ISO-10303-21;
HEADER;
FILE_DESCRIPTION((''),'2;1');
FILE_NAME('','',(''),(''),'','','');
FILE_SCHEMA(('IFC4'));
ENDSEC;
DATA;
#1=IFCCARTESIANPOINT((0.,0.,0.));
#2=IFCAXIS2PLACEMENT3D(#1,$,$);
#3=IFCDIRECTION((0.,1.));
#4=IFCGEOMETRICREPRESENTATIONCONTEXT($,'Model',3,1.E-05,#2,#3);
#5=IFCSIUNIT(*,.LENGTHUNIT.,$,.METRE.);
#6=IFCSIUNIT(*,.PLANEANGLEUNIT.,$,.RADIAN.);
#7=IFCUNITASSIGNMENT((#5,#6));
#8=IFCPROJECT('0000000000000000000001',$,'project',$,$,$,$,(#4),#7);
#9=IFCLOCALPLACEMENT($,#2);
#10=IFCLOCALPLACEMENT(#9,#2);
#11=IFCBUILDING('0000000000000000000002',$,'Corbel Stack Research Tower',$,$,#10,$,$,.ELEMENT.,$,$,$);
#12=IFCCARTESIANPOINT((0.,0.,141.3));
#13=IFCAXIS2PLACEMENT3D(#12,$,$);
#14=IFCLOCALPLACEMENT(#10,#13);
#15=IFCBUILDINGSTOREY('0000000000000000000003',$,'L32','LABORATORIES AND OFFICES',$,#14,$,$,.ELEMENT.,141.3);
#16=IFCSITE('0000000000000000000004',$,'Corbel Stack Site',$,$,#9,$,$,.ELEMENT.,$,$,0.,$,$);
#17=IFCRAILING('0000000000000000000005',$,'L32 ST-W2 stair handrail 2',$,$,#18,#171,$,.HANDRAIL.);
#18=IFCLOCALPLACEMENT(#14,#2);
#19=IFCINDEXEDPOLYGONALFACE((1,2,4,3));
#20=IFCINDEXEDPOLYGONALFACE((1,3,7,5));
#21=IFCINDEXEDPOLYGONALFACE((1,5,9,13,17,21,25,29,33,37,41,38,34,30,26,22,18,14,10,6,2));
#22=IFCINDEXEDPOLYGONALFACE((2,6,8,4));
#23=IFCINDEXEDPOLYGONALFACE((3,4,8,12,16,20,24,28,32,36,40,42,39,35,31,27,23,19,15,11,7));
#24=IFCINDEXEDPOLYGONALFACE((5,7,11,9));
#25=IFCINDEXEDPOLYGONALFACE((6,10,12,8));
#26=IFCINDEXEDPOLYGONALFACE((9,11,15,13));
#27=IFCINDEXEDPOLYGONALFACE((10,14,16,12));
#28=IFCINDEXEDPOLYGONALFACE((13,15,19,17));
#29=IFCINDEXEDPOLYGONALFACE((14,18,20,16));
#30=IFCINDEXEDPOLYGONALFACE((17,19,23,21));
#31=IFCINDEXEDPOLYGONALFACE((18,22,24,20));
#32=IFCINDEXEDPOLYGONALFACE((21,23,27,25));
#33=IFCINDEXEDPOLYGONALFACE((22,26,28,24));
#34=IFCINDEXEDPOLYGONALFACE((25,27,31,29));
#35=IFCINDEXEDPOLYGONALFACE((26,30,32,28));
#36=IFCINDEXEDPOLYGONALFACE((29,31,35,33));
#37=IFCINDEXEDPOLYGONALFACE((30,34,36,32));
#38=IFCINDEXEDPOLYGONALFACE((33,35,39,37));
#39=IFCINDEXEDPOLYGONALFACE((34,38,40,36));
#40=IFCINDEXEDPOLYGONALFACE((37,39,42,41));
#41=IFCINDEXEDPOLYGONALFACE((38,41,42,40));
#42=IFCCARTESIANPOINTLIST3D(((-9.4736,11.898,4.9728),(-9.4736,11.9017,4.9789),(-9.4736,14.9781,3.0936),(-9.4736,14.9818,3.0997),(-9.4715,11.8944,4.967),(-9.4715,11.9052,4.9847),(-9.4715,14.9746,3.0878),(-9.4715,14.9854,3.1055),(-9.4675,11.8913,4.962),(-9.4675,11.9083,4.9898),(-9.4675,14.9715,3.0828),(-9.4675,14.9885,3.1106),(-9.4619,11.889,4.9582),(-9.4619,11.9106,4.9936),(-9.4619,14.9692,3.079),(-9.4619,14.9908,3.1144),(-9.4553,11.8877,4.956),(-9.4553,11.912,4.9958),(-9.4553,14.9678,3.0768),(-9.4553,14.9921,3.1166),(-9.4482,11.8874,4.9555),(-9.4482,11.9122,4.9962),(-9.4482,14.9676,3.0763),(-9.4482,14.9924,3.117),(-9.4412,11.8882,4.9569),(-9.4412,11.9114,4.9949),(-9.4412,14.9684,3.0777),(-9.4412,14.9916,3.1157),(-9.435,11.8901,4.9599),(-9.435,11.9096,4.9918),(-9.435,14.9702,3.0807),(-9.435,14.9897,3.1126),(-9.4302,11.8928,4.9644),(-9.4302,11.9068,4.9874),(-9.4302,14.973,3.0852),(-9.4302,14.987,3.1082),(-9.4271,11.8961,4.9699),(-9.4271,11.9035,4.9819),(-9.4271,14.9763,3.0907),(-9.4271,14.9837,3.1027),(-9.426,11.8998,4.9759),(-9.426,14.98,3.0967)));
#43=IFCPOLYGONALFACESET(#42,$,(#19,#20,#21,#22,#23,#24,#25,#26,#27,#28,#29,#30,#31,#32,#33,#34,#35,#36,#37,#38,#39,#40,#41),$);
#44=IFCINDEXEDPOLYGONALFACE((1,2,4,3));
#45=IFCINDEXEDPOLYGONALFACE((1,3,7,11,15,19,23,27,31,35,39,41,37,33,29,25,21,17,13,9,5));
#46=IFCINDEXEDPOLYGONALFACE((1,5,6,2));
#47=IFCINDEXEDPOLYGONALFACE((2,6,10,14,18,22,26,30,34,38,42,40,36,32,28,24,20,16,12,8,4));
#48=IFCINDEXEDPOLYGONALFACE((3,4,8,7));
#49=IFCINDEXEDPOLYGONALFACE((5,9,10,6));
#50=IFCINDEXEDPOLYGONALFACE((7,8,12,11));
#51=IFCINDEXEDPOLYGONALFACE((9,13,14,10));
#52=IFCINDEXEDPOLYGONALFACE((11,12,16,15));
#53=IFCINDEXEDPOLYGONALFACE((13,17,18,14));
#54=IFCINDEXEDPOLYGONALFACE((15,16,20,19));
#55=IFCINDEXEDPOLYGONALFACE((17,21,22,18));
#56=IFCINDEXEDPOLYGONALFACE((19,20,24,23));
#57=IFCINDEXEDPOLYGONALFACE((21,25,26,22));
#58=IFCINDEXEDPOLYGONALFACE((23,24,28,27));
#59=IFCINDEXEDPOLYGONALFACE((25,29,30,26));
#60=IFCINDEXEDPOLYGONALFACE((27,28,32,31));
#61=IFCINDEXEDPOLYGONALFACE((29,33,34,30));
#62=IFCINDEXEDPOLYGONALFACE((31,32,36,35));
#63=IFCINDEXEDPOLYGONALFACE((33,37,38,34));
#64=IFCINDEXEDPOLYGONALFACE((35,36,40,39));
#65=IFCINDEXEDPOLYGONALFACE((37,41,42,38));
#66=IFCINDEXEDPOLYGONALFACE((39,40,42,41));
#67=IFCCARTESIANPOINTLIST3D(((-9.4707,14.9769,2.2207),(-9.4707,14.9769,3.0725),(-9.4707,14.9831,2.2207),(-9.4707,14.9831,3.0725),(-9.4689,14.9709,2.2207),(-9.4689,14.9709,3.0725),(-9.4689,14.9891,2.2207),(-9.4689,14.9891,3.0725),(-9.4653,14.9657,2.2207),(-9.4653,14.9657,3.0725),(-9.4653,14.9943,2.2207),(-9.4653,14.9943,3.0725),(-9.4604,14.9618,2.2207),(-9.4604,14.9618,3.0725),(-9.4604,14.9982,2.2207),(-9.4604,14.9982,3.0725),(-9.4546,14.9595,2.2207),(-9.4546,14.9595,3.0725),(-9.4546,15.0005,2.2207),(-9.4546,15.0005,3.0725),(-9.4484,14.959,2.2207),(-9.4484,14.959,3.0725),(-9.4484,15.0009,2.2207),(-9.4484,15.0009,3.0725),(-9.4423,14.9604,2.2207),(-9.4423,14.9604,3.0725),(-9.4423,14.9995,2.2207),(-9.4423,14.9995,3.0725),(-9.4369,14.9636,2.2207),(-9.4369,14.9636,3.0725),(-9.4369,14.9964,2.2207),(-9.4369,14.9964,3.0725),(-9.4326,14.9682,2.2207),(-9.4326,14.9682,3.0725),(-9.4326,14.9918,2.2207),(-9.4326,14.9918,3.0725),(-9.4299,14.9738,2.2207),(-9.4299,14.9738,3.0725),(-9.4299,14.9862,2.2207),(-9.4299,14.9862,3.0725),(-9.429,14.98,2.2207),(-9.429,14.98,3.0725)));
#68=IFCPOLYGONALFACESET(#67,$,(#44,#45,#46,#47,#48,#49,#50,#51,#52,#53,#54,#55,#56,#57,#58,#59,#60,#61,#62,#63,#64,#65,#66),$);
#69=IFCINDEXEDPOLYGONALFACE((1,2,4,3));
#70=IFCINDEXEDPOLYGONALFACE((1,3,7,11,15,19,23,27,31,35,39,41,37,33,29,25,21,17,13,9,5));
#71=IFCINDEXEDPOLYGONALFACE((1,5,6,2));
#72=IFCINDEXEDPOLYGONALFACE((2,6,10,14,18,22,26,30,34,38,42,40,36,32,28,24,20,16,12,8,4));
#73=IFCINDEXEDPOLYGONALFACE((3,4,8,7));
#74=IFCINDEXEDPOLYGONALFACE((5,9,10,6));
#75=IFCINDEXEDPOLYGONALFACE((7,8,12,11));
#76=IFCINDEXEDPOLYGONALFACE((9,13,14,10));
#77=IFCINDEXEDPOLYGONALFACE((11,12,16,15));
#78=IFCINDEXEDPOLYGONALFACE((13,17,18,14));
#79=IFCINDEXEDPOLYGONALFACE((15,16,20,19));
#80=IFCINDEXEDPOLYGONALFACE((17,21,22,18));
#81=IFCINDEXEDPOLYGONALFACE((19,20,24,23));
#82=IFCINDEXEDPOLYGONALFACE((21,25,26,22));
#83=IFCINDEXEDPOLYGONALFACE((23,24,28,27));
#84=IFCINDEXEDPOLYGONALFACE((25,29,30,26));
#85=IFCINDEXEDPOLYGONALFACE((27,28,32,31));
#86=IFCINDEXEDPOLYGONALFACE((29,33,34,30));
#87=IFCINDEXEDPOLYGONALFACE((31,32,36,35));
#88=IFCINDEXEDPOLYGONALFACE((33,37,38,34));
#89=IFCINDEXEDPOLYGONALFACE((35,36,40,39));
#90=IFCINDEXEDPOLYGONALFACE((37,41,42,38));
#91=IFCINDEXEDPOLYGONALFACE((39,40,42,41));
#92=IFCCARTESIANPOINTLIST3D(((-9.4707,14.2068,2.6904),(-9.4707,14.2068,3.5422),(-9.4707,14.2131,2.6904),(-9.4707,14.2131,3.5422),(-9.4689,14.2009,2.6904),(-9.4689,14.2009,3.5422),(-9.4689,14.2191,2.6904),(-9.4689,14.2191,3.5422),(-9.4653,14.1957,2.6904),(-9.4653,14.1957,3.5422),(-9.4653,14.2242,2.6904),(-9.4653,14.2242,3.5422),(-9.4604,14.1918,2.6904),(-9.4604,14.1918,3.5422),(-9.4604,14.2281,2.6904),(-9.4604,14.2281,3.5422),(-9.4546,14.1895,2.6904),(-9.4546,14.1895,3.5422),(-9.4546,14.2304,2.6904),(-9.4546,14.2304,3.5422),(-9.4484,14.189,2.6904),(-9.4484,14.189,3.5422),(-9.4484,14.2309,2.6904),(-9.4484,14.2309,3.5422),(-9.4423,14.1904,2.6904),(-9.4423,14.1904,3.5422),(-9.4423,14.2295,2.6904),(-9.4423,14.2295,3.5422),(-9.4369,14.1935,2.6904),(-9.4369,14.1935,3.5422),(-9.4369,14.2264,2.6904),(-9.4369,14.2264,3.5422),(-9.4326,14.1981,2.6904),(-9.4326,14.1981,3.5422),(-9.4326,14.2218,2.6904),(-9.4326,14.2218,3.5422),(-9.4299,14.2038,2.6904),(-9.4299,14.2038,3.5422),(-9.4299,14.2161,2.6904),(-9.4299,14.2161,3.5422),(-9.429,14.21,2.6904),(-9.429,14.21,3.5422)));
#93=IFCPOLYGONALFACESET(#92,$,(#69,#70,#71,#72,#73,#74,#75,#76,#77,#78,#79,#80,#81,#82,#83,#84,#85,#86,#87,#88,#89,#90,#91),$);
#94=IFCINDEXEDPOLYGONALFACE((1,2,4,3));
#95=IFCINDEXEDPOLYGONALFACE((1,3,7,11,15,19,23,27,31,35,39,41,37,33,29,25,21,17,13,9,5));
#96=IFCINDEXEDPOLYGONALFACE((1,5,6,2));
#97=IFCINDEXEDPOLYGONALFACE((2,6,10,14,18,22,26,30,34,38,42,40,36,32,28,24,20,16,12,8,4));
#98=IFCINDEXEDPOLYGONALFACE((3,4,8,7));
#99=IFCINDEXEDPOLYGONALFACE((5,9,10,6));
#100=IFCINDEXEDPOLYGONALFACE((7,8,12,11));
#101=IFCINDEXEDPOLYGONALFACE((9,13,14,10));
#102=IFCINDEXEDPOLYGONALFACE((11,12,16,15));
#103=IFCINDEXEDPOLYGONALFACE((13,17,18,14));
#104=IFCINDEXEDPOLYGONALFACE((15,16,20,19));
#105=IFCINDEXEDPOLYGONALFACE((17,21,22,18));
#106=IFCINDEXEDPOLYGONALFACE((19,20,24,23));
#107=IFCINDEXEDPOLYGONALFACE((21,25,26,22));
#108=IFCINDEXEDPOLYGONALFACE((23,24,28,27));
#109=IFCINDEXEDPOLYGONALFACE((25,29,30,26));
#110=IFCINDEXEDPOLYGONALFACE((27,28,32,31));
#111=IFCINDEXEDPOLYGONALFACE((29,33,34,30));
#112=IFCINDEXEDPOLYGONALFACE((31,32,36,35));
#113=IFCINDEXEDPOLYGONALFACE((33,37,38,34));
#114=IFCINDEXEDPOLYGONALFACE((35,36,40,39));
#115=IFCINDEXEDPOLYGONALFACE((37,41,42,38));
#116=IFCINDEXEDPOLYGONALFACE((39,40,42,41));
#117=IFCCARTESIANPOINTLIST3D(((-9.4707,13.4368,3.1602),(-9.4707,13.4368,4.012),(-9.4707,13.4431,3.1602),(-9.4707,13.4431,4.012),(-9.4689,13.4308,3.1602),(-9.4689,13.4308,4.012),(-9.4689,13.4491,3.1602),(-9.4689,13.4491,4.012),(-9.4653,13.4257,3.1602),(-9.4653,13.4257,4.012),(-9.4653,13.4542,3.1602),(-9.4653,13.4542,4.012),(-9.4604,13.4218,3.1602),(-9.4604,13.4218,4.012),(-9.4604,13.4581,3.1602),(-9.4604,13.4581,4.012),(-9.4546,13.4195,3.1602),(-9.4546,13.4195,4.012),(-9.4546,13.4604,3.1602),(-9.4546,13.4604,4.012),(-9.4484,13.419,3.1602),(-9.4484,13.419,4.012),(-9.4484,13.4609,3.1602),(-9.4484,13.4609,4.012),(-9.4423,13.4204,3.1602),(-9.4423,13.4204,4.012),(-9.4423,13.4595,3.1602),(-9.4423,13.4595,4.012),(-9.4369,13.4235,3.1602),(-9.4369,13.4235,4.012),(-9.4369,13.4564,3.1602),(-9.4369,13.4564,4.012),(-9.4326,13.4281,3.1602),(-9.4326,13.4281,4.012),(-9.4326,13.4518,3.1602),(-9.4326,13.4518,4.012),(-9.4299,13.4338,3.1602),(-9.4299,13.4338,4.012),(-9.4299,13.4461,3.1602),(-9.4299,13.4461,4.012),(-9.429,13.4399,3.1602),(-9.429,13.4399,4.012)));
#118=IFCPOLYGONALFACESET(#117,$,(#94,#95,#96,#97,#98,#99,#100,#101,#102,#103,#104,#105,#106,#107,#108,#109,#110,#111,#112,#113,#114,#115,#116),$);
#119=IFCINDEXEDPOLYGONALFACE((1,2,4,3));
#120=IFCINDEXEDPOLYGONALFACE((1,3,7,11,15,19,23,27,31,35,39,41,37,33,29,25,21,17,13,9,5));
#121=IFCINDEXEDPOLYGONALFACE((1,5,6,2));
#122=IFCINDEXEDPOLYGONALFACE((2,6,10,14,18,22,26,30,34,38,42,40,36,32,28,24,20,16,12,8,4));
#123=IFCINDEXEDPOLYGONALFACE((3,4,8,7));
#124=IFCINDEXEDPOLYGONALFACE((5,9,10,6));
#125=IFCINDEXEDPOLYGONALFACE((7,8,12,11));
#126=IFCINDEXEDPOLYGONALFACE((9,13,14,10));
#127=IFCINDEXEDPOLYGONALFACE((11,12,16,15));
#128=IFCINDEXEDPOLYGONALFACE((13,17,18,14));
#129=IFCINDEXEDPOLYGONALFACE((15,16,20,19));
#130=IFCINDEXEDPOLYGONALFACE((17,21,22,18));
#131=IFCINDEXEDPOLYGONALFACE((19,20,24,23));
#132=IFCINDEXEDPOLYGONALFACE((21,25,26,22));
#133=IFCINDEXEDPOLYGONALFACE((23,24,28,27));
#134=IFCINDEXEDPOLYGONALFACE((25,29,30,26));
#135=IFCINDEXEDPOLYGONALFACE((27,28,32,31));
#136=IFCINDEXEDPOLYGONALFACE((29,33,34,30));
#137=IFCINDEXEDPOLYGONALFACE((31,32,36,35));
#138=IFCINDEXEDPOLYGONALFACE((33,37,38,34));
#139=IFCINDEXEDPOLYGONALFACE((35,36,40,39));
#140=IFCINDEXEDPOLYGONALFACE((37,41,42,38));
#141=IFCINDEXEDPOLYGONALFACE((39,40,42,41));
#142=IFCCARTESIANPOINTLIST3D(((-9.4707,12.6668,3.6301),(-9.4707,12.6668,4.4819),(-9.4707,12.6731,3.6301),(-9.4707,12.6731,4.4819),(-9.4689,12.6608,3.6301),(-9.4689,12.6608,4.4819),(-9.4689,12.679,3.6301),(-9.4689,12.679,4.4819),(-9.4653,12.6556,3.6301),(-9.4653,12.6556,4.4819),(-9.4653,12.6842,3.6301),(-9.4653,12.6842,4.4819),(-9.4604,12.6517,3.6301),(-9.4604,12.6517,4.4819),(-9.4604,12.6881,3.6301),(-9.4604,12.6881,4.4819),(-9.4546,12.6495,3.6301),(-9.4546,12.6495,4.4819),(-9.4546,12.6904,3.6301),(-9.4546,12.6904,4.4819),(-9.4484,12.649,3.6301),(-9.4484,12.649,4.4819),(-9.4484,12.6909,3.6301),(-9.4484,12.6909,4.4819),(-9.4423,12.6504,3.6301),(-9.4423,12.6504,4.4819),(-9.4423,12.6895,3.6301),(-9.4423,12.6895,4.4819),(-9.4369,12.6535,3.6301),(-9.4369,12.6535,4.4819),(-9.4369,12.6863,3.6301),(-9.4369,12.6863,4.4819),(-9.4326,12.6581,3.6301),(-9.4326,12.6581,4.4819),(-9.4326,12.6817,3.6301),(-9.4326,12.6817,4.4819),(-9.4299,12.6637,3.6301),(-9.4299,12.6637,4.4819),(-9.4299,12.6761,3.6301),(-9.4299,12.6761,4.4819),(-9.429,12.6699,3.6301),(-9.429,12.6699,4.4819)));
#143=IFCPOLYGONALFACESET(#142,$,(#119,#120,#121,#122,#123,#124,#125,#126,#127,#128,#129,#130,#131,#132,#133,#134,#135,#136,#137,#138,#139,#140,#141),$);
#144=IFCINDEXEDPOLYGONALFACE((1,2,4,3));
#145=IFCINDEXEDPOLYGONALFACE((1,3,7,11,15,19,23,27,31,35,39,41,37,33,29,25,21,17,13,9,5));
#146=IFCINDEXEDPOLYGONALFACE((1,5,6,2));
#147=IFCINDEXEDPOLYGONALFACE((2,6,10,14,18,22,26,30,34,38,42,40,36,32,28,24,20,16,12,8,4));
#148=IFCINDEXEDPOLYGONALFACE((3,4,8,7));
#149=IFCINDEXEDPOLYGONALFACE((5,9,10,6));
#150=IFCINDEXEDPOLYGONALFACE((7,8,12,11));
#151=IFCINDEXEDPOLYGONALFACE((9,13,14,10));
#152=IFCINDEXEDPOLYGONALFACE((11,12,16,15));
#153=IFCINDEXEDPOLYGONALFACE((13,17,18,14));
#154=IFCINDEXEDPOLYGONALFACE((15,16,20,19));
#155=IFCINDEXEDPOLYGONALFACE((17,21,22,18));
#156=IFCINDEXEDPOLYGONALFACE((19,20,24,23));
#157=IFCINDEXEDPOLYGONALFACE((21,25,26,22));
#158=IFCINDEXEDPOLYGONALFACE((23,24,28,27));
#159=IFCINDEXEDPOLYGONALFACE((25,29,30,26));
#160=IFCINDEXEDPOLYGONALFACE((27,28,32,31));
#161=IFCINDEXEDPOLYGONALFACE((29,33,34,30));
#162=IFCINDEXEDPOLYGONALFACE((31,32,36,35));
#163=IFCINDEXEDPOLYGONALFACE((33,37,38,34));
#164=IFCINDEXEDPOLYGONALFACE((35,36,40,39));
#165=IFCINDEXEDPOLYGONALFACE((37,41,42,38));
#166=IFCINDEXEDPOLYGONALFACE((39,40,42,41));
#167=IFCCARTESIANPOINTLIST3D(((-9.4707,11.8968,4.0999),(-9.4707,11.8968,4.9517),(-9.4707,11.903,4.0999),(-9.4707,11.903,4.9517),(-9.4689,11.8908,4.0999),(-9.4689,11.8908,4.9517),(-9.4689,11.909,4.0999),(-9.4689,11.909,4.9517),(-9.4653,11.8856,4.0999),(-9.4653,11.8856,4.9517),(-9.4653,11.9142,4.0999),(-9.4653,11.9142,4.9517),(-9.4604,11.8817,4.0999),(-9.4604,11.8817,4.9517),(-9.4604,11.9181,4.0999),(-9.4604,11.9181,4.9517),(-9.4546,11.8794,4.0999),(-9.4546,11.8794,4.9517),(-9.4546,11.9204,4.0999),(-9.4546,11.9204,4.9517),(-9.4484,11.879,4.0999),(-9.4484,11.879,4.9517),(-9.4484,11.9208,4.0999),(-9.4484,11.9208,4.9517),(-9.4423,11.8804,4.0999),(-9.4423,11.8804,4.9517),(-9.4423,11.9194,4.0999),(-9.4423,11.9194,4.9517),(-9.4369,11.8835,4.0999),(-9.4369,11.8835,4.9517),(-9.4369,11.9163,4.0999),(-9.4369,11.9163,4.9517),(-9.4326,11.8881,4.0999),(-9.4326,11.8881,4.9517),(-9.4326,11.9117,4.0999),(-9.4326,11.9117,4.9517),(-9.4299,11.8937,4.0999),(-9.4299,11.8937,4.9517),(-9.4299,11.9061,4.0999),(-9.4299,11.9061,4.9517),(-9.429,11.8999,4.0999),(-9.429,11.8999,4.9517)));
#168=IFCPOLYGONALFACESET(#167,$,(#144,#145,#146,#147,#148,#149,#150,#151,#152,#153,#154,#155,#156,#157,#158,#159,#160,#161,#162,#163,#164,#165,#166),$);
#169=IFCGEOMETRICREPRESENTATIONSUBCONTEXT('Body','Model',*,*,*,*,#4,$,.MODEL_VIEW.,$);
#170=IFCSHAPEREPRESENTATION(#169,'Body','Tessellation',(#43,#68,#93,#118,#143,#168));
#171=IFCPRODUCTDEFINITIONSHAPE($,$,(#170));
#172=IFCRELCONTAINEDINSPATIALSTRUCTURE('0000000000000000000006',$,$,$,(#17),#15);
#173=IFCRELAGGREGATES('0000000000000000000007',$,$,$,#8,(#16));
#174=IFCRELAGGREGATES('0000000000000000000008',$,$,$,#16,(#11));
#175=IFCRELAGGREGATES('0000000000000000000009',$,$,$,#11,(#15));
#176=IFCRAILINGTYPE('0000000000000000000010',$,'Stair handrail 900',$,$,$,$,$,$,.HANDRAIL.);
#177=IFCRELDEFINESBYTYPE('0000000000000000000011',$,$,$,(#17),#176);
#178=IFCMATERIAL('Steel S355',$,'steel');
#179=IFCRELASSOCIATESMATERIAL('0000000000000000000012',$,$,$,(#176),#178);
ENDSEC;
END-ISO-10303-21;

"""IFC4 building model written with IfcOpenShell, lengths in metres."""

from ifc_helpers import new_model, si_unit, direction, frame, origin, origin_2d, place, context, subcontext, project, spatial, circle, extrude, material, type_object, element, save


model = new_model("IFC4")

# Units and contexts
model_context = context("Model", 3, precision=1e-05, world=origin(), true_north=direction((0.0, 1.0)))
body_context = subcontext(model_context, "Body", "Model", "MODEL_VIEW")
ifc_project = project(units=[si_unit("LENGTHUNIT", "METRE"), si_unit("PLANEANGLEUNIT", "RADIAN")], contexts=[model_context])

# Site, building, storey
site_placement = place(None, origin())
site = spatial("IfcSite", under=ifc_project, at=site_placement, Name="Corbel Stack Site", CompositionType="ELEMENT", RefElevation=0.0)
building_placement = place(site_placement, origin())
building = spatial("IfcBuilding", under=site, at=building_placement, Name="Corbel Stack Research Tower", CompositionType="ELEMENT")
storey_placement = place(building_placement, frame((0.0, 0.0, 141.3)))
storey = spatial("IfcBuildingStorey", under=building, at=storey_placement, Name="L32", Description="LABORATORIES AND OFFICES", CompositionType="ELEMENT", Elevation=141.3)

# Railing
ifc_material_1 = material(Name="Steel S355", Category="steel")
railing_type_1 = type_object("IfcRailingType", Name="Stair handrail 900", PredefinedType="HANDRAIL", material=ifc_material_1)
railing_1_placement = place(storey_placement, frame((-9.45, 14.98, 2.2207)))
element("IfcRailing", 1, at=railing_1_placement, inside=storey, type_object=railing_type_1, Name="L32 ST-W2 stair handrail 2", PredefinedType="HANDRAIL", context=body_context, shape_type="SweptSolid", body=[
    extrude(circle(Radius=0.0239, at=origin_2d()), frame((0.0, 0.0, 0.876), z_axis=(0.0, -0.853666, 0.52082), x_axis=(1.0, 0.0, 0.0)), (0.0, 0.0, 1.0), 3.6082),
    extrude(circle(Radius=0.021, at=origin_2d()), origin(), (0.0, 0.0, 1.0), 0.8518),
    extrude(circle(Radius=0.021, at=origin_2d()), frame((0.0, -0.77, 0.4697)), (0.0, 0.0, 1.0), 0.8518),
    extrude(circle(Radius=0.021, at=origin_2d()), frame((0.0, -1.54, 0.9395)), (0.0, 0.0, 1.0), 0.8518),
    extrude(circle(Radius=0.021, at=origin_2d()), frame((0.0, -2.3101, 1.4094)), (0.0, 0.0, 1.0), 0.8518),
    extrude(circle(Radius=0.021, at=origin_2d()), frame((0.0, -3.0801, 1.8792)), (0.0, 0.0, 1.0), 0.8518),
])

save(model, "model.ifc")
